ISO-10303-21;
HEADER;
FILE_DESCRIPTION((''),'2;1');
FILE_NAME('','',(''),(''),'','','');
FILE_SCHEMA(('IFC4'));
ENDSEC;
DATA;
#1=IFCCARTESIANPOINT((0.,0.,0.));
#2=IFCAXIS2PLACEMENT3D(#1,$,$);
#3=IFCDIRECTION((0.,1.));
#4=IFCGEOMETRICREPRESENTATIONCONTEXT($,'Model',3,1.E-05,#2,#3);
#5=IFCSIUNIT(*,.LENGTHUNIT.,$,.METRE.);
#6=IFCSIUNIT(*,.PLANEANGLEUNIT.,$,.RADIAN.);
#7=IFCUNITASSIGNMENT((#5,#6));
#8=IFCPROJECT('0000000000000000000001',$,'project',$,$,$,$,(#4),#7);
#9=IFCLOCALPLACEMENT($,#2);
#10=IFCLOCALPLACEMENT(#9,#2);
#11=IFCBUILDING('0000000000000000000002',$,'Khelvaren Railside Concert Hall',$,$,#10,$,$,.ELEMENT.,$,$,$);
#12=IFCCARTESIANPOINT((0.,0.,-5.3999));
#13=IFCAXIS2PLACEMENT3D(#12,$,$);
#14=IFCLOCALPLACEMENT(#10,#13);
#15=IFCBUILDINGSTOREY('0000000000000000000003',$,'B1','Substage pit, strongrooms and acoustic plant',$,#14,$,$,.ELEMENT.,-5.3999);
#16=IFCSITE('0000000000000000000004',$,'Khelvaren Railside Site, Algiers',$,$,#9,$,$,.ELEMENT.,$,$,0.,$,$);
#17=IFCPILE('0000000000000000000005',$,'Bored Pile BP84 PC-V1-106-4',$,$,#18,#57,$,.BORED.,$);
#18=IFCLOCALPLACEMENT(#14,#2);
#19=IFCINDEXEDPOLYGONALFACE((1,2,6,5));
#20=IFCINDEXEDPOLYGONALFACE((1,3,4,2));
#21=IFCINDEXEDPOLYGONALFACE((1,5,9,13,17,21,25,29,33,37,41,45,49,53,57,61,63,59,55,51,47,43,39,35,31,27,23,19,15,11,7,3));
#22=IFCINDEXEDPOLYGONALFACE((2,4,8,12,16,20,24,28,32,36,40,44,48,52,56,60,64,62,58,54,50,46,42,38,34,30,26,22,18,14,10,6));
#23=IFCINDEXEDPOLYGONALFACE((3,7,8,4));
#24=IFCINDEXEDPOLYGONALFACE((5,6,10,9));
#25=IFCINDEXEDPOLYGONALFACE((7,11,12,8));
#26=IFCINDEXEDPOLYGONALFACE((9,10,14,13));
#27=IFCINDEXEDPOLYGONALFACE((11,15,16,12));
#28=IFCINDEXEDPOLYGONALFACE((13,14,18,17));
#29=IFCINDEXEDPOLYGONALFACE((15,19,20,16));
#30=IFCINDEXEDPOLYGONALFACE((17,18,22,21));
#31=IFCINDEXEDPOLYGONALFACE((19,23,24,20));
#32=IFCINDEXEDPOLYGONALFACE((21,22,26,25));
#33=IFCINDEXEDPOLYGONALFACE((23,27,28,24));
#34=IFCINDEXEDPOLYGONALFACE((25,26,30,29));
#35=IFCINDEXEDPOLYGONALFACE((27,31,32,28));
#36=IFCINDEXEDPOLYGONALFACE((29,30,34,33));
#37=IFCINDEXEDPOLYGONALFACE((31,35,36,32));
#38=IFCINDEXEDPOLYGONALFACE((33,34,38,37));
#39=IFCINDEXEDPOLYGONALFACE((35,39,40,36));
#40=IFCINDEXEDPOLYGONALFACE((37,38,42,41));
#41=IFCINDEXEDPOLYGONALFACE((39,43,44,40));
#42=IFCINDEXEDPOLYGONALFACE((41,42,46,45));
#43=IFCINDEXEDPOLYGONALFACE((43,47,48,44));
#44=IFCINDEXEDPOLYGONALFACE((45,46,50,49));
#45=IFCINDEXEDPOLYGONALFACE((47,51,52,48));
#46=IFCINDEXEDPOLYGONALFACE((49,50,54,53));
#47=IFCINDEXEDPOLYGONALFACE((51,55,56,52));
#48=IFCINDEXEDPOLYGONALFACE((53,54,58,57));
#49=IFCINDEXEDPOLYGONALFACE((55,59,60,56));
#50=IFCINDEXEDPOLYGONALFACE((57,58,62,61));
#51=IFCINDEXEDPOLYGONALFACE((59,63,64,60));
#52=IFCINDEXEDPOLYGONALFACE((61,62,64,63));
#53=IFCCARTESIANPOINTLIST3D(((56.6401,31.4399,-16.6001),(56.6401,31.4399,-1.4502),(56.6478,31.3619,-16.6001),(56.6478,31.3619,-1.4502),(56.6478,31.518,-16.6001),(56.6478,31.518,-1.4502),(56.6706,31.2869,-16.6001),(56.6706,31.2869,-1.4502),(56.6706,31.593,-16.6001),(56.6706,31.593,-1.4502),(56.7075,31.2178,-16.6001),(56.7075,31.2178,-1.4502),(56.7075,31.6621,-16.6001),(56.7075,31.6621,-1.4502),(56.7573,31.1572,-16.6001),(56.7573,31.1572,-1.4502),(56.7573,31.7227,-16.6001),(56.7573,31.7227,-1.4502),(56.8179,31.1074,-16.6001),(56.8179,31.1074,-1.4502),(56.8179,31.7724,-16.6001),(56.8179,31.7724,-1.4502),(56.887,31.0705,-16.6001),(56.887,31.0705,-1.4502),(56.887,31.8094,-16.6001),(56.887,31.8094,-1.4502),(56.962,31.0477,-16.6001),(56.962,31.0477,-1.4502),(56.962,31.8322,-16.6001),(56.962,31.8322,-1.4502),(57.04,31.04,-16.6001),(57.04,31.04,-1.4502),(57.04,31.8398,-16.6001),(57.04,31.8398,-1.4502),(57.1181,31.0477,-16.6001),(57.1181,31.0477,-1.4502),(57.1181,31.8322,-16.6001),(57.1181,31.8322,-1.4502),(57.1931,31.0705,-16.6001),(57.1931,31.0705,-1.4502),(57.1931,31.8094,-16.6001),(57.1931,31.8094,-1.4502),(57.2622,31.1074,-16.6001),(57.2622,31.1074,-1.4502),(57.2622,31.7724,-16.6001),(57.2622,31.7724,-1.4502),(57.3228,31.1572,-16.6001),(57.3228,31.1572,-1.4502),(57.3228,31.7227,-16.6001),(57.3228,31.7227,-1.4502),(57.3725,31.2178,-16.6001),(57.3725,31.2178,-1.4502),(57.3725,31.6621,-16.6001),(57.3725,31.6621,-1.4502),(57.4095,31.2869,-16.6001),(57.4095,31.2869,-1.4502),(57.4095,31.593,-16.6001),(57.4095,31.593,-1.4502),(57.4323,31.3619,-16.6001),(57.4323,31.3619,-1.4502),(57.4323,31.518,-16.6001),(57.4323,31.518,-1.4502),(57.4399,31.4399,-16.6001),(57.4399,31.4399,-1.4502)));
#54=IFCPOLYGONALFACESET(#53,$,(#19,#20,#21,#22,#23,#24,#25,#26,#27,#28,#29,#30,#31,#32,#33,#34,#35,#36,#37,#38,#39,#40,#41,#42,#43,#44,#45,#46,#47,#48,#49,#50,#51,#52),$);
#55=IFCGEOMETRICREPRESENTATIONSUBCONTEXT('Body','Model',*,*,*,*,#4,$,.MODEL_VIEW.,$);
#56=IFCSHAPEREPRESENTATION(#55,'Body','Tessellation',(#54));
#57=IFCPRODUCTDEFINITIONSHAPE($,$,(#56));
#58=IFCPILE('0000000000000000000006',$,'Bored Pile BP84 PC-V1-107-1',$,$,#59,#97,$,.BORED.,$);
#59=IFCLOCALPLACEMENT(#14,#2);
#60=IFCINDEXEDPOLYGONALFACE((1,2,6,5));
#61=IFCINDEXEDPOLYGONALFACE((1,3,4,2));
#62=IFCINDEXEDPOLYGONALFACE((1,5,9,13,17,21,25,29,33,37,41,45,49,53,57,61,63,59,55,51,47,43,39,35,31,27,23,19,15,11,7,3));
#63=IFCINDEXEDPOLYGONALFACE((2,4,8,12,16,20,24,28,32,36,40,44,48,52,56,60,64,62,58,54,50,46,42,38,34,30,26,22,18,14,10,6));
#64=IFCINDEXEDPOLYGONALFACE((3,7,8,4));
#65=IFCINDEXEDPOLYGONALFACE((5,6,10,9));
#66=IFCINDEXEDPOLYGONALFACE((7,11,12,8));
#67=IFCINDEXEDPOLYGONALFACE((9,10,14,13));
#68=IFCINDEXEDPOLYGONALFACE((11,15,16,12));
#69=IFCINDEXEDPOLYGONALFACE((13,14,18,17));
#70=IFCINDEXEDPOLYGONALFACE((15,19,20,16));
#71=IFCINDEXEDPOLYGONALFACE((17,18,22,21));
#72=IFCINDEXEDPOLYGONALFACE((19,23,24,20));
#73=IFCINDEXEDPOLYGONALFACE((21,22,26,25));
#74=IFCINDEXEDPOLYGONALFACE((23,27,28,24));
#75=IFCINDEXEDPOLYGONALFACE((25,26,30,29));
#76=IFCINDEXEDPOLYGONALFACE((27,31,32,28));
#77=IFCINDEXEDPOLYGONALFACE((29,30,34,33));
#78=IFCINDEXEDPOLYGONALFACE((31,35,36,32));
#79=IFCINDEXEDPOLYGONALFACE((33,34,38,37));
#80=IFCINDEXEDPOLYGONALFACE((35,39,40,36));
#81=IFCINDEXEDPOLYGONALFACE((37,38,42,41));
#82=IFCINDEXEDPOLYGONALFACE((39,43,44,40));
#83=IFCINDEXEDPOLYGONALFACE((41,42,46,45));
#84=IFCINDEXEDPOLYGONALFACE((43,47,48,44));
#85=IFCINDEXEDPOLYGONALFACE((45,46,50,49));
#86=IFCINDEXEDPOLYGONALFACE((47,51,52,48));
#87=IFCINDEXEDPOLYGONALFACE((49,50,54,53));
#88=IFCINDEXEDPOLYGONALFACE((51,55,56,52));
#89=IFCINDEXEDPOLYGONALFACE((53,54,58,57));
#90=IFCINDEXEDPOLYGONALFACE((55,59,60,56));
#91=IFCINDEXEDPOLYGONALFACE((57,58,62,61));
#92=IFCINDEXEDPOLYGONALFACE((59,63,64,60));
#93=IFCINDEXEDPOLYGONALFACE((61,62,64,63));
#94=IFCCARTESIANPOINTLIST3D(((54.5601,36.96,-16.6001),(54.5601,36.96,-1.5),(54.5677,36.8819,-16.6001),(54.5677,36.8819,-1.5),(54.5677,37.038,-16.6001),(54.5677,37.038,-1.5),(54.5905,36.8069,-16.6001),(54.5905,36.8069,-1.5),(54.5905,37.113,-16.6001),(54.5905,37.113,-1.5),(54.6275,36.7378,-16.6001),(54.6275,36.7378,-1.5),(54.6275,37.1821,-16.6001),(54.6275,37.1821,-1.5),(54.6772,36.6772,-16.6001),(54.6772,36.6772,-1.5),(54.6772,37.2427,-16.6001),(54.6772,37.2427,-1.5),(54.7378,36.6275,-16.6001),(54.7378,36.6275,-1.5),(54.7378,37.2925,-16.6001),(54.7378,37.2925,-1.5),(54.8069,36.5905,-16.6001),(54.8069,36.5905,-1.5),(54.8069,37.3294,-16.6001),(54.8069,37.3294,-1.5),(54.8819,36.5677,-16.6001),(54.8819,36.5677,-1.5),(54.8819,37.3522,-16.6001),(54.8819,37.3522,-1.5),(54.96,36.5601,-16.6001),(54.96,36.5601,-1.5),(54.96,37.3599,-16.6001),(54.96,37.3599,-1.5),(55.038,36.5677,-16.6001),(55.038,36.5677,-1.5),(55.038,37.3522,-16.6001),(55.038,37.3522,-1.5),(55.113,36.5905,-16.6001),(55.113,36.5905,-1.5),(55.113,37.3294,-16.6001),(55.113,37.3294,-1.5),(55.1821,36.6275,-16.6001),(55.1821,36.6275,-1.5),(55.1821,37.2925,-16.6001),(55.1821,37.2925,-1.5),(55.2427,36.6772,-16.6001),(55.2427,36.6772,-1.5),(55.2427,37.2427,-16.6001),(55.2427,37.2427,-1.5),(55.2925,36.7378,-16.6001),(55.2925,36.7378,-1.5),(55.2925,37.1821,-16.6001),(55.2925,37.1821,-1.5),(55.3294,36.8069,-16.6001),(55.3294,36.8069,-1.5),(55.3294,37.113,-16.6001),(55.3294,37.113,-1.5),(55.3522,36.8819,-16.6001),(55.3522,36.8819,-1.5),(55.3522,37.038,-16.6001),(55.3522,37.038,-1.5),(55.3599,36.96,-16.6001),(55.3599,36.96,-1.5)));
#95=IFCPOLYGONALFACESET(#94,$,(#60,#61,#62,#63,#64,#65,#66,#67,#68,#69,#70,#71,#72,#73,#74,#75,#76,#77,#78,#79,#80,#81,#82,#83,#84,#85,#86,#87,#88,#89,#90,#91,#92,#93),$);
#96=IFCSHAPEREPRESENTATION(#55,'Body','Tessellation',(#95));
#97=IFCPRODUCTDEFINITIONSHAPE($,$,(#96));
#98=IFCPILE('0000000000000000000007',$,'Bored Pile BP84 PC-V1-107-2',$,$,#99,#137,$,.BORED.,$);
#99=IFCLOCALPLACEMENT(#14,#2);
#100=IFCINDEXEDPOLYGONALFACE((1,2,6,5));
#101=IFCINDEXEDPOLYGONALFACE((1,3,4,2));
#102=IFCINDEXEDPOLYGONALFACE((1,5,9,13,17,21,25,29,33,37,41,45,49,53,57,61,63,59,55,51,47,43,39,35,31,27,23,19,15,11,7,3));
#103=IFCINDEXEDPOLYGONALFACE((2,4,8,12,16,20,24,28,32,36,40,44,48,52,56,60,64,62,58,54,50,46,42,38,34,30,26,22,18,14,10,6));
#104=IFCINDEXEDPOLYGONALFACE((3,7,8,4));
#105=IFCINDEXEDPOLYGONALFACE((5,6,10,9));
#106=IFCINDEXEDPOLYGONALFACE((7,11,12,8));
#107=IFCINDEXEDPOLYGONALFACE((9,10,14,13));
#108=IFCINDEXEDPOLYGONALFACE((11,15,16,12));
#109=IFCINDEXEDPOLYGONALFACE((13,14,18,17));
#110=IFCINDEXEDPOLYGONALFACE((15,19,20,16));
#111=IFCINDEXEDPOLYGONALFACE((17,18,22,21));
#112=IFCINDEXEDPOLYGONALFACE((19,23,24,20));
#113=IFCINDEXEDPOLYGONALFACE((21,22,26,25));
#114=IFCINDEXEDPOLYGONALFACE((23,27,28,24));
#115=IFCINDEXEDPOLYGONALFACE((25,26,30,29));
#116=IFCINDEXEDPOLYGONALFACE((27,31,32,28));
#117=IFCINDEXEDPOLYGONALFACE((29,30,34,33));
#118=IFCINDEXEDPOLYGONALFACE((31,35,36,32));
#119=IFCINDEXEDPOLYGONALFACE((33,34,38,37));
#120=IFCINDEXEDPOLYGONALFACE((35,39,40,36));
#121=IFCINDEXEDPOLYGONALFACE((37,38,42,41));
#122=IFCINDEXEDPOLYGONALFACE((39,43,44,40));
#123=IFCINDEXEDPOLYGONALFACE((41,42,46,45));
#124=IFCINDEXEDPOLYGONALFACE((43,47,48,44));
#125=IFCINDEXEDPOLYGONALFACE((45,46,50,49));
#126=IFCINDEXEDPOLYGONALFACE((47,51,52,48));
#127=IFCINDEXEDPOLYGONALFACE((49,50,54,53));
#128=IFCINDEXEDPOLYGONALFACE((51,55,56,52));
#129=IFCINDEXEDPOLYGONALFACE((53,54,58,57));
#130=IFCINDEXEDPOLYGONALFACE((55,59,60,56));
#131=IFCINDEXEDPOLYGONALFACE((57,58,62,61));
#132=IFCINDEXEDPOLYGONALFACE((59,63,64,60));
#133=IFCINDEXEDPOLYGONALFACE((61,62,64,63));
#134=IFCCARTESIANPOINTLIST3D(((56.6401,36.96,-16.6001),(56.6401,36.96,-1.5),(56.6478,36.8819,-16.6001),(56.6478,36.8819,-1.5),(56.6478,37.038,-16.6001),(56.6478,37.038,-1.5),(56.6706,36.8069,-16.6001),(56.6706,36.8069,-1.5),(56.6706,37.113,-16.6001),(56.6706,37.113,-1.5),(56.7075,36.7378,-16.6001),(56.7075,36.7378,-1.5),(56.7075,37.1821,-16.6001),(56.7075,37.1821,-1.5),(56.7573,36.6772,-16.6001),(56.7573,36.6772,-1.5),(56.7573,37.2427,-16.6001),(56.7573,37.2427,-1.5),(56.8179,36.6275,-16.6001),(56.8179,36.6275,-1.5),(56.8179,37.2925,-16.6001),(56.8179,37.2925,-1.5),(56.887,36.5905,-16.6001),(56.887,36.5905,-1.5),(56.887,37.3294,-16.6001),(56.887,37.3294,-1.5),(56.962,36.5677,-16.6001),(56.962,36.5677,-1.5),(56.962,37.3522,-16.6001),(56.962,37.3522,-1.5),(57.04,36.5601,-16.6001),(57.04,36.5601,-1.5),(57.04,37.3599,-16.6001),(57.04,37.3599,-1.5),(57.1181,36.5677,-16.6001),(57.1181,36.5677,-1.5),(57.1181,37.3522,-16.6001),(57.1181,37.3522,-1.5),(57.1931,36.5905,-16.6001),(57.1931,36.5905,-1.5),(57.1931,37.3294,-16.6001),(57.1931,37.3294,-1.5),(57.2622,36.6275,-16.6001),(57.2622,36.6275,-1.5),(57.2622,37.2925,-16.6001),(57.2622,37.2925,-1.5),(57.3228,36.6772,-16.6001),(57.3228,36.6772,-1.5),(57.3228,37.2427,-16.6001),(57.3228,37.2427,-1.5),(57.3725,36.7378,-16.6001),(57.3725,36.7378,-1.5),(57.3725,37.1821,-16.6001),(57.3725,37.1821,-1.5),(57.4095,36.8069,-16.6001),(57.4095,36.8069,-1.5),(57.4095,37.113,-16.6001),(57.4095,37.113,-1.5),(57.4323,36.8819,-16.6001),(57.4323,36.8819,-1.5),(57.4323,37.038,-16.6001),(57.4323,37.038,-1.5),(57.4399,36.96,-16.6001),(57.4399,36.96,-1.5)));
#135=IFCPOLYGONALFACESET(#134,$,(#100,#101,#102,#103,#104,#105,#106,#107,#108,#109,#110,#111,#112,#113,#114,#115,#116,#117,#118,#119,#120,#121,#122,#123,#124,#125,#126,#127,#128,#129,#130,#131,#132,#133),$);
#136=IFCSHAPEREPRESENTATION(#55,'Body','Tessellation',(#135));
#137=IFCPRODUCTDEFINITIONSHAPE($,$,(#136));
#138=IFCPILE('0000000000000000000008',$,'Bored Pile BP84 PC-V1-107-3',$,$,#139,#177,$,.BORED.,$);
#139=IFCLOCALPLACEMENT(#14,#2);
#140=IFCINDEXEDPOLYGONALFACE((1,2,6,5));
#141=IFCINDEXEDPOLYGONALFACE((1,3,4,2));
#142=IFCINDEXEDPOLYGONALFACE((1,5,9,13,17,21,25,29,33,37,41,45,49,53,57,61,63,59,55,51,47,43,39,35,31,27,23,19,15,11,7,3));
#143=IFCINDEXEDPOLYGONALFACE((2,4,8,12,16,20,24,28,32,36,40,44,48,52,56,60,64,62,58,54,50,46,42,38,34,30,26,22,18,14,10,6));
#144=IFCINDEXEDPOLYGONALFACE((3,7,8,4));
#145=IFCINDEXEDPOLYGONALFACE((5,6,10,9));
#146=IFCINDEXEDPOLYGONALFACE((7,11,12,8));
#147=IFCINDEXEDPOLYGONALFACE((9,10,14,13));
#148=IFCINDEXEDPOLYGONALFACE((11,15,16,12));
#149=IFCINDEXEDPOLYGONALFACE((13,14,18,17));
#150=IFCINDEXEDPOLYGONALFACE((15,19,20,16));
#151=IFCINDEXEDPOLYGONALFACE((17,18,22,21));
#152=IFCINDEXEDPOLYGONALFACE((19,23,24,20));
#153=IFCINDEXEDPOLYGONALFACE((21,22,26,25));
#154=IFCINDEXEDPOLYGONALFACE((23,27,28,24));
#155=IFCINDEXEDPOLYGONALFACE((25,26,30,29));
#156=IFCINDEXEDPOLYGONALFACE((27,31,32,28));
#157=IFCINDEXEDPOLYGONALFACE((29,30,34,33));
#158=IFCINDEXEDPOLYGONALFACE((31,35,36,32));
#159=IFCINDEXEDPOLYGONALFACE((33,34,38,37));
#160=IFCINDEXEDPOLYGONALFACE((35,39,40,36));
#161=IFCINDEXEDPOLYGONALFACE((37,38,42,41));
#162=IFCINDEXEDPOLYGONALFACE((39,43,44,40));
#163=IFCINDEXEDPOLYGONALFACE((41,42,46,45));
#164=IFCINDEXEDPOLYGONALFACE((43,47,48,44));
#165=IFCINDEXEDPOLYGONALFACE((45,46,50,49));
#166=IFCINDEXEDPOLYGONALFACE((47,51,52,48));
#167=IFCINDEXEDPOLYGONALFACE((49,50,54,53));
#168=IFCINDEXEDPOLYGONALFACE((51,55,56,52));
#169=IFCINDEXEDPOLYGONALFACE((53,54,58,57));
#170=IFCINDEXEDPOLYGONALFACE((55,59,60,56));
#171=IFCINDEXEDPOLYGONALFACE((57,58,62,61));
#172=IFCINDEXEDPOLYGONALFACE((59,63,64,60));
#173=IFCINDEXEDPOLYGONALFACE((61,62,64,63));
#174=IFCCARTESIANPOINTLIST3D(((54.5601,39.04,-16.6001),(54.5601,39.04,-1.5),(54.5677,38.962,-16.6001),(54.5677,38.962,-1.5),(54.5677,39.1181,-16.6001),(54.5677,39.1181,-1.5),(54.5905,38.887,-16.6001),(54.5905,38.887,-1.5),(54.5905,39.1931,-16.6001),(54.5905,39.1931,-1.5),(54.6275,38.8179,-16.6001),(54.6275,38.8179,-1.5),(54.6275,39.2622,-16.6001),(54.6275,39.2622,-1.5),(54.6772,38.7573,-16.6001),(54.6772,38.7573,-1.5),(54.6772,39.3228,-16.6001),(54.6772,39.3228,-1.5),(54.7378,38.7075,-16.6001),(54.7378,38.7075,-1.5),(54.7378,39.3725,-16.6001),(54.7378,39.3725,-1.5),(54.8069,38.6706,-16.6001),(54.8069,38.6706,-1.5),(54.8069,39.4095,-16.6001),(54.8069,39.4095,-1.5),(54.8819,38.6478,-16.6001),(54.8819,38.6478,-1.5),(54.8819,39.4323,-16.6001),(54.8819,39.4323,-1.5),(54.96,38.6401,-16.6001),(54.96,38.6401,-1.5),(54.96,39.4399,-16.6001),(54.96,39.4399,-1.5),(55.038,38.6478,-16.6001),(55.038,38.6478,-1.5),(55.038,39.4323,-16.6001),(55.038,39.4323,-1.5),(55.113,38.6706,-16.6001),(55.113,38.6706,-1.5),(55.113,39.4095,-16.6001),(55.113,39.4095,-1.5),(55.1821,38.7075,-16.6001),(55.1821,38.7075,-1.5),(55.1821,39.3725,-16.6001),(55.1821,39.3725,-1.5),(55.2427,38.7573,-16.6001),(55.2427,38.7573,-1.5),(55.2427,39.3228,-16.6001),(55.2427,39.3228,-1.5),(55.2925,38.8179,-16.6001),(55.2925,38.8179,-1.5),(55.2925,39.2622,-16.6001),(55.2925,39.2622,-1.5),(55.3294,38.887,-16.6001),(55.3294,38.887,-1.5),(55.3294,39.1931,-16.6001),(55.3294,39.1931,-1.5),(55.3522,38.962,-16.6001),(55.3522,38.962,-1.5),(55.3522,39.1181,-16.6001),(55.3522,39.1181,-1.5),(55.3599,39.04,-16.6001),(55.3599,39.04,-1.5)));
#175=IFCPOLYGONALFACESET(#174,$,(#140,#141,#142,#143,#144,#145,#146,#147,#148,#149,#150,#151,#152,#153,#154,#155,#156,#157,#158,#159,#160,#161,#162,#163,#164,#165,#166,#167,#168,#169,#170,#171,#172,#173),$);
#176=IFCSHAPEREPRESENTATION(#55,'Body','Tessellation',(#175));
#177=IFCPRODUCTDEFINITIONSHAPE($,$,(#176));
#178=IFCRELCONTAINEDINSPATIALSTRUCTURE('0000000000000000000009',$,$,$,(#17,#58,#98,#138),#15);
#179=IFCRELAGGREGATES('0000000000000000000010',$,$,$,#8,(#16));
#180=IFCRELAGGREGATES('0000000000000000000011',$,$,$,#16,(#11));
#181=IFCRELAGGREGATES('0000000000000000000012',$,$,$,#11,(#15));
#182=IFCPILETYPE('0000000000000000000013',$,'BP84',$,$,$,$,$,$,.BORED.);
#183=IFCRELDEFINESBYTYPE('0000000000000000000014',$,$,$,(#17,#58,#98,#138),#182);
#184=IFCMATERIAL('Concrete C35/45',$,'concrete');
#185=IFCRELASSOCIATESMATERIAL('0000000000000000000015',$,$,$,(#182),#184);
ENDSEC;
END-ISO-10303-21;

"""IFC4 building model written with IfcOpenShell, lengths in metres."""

from ifc_helpers import new_model, si_unit, direction, frame, origin, origin_2d, place, context, subcontext, project, spatial, circle, extrude, material, material_profile, profile_set, type_object, element, save


model = new_model("IFC4")

# Units and contexts
model_context = context("Model", 3, precision=1e-05, world=origin(), true_north=direction((0.0, 1.0)))
body_context = subcontext(model_context, "Body", "Model", "MODEL_VIEW")
ifc_project = project(units=[si_unit("LENGTHUNIT", "METRE"), si_unit("PLANEANGLEUNIT", "RADIAN")], contexts=[model_context])

# Site, building, storey
site_placement = place(None, origin())
site = spatial("IfcSite", under=ifc_project, at=site_placement, Name="Khelvaren Railside Site, Algiers", CompositionType="ELEMENT", RefElevation=0.0)
building_placement = place(site_placement, origin())
building = spatial("IfcBuilding", under=site, at=building_placement, Name="Khelvaren Railside Concert Hall", CompositionType="ELEMENT")
storey_placement = place(building_placement, frame((0.0, 0.0, -5.3999)))
storey = spatial("IfcBuildingStorey", under=building, at=storey_placement, Name="B1", Description="Substage pit, strongrooms and acoustic plant", CompositionType="ELEMENT", Elevation=-5.3999)

# Piles
ifc_material_1 = material(Name="Concrete C35/45", Category="concrete")
ifc_material_profile_1 = material_profile(ifc_material_1, circle(Radius=0.3999, at=origin_2d()), Name="BP D800")
ifc_profile_set_1 = profile_set([ifc_material_profile_1], Name="Concrete C35/45")
pile_type_1 = type_object("IfcPileType", Name="BP84", PredefinedType="BORED", material=ifc_profile_set_1)
for number, where, z_axis, x_axis, name in (
    (1, (57.04, 31.4399, -1.4502), (0.0, 0.0, -1.0), (1.0, 0.0, 0.0), "Bored Pile BP84 PC-V1-106-4"),
):
    element("IfcPile", number, at=place(storey_placement, frame(where, z_axis=z_axis, x_axis=x_axis)), inside=storey, type_object=pile_type_1, Name=name, PredefinedType="BORED", context=body_context, shape_type="SweptSolid", body=[
        extrude(circle(Radius=0.3999, at=origin_2d()), origin(), (0.0, 0.0, 1.0), 15.1499),
    ])
for number, where, z_axis, x_axis, name in (
    (2, (54.96, 36.96, -1.5), (0.0, 0.0, -1.0), (1.0, 0.0, 0.0), "Bored Pile BP84 PC-V1-107-1"),
    (3, (57.04, 36.96, -1.5), (0.0, 0.0, -1.0), (1.0, 0.0, 0.0), "Bored Pile BP84 PC-V1-107-2"),
    (4, (54.96, 39.04, -1.5), (0.0, 0.0, -1.0), (1.0, 0.0, 0.0), "Bored Pile BP84 PC-V1-107-3"),
):
    element("IfcPile", number, at=place(storey_placement, frame(where, z_axis=z_axis, x_axis=x_axis)), inside=storey, type_object=pile_type_1, Name=name, PredefinedType="BORED", context=body_context, shape_type="SweptSolid", body=[
        extrude(circle(Radius=0.3999, at=origin_2d()), origin(), (0.0, 0.0, 1.0), 15.1001),
    ])

save(model, "model.ifc")
